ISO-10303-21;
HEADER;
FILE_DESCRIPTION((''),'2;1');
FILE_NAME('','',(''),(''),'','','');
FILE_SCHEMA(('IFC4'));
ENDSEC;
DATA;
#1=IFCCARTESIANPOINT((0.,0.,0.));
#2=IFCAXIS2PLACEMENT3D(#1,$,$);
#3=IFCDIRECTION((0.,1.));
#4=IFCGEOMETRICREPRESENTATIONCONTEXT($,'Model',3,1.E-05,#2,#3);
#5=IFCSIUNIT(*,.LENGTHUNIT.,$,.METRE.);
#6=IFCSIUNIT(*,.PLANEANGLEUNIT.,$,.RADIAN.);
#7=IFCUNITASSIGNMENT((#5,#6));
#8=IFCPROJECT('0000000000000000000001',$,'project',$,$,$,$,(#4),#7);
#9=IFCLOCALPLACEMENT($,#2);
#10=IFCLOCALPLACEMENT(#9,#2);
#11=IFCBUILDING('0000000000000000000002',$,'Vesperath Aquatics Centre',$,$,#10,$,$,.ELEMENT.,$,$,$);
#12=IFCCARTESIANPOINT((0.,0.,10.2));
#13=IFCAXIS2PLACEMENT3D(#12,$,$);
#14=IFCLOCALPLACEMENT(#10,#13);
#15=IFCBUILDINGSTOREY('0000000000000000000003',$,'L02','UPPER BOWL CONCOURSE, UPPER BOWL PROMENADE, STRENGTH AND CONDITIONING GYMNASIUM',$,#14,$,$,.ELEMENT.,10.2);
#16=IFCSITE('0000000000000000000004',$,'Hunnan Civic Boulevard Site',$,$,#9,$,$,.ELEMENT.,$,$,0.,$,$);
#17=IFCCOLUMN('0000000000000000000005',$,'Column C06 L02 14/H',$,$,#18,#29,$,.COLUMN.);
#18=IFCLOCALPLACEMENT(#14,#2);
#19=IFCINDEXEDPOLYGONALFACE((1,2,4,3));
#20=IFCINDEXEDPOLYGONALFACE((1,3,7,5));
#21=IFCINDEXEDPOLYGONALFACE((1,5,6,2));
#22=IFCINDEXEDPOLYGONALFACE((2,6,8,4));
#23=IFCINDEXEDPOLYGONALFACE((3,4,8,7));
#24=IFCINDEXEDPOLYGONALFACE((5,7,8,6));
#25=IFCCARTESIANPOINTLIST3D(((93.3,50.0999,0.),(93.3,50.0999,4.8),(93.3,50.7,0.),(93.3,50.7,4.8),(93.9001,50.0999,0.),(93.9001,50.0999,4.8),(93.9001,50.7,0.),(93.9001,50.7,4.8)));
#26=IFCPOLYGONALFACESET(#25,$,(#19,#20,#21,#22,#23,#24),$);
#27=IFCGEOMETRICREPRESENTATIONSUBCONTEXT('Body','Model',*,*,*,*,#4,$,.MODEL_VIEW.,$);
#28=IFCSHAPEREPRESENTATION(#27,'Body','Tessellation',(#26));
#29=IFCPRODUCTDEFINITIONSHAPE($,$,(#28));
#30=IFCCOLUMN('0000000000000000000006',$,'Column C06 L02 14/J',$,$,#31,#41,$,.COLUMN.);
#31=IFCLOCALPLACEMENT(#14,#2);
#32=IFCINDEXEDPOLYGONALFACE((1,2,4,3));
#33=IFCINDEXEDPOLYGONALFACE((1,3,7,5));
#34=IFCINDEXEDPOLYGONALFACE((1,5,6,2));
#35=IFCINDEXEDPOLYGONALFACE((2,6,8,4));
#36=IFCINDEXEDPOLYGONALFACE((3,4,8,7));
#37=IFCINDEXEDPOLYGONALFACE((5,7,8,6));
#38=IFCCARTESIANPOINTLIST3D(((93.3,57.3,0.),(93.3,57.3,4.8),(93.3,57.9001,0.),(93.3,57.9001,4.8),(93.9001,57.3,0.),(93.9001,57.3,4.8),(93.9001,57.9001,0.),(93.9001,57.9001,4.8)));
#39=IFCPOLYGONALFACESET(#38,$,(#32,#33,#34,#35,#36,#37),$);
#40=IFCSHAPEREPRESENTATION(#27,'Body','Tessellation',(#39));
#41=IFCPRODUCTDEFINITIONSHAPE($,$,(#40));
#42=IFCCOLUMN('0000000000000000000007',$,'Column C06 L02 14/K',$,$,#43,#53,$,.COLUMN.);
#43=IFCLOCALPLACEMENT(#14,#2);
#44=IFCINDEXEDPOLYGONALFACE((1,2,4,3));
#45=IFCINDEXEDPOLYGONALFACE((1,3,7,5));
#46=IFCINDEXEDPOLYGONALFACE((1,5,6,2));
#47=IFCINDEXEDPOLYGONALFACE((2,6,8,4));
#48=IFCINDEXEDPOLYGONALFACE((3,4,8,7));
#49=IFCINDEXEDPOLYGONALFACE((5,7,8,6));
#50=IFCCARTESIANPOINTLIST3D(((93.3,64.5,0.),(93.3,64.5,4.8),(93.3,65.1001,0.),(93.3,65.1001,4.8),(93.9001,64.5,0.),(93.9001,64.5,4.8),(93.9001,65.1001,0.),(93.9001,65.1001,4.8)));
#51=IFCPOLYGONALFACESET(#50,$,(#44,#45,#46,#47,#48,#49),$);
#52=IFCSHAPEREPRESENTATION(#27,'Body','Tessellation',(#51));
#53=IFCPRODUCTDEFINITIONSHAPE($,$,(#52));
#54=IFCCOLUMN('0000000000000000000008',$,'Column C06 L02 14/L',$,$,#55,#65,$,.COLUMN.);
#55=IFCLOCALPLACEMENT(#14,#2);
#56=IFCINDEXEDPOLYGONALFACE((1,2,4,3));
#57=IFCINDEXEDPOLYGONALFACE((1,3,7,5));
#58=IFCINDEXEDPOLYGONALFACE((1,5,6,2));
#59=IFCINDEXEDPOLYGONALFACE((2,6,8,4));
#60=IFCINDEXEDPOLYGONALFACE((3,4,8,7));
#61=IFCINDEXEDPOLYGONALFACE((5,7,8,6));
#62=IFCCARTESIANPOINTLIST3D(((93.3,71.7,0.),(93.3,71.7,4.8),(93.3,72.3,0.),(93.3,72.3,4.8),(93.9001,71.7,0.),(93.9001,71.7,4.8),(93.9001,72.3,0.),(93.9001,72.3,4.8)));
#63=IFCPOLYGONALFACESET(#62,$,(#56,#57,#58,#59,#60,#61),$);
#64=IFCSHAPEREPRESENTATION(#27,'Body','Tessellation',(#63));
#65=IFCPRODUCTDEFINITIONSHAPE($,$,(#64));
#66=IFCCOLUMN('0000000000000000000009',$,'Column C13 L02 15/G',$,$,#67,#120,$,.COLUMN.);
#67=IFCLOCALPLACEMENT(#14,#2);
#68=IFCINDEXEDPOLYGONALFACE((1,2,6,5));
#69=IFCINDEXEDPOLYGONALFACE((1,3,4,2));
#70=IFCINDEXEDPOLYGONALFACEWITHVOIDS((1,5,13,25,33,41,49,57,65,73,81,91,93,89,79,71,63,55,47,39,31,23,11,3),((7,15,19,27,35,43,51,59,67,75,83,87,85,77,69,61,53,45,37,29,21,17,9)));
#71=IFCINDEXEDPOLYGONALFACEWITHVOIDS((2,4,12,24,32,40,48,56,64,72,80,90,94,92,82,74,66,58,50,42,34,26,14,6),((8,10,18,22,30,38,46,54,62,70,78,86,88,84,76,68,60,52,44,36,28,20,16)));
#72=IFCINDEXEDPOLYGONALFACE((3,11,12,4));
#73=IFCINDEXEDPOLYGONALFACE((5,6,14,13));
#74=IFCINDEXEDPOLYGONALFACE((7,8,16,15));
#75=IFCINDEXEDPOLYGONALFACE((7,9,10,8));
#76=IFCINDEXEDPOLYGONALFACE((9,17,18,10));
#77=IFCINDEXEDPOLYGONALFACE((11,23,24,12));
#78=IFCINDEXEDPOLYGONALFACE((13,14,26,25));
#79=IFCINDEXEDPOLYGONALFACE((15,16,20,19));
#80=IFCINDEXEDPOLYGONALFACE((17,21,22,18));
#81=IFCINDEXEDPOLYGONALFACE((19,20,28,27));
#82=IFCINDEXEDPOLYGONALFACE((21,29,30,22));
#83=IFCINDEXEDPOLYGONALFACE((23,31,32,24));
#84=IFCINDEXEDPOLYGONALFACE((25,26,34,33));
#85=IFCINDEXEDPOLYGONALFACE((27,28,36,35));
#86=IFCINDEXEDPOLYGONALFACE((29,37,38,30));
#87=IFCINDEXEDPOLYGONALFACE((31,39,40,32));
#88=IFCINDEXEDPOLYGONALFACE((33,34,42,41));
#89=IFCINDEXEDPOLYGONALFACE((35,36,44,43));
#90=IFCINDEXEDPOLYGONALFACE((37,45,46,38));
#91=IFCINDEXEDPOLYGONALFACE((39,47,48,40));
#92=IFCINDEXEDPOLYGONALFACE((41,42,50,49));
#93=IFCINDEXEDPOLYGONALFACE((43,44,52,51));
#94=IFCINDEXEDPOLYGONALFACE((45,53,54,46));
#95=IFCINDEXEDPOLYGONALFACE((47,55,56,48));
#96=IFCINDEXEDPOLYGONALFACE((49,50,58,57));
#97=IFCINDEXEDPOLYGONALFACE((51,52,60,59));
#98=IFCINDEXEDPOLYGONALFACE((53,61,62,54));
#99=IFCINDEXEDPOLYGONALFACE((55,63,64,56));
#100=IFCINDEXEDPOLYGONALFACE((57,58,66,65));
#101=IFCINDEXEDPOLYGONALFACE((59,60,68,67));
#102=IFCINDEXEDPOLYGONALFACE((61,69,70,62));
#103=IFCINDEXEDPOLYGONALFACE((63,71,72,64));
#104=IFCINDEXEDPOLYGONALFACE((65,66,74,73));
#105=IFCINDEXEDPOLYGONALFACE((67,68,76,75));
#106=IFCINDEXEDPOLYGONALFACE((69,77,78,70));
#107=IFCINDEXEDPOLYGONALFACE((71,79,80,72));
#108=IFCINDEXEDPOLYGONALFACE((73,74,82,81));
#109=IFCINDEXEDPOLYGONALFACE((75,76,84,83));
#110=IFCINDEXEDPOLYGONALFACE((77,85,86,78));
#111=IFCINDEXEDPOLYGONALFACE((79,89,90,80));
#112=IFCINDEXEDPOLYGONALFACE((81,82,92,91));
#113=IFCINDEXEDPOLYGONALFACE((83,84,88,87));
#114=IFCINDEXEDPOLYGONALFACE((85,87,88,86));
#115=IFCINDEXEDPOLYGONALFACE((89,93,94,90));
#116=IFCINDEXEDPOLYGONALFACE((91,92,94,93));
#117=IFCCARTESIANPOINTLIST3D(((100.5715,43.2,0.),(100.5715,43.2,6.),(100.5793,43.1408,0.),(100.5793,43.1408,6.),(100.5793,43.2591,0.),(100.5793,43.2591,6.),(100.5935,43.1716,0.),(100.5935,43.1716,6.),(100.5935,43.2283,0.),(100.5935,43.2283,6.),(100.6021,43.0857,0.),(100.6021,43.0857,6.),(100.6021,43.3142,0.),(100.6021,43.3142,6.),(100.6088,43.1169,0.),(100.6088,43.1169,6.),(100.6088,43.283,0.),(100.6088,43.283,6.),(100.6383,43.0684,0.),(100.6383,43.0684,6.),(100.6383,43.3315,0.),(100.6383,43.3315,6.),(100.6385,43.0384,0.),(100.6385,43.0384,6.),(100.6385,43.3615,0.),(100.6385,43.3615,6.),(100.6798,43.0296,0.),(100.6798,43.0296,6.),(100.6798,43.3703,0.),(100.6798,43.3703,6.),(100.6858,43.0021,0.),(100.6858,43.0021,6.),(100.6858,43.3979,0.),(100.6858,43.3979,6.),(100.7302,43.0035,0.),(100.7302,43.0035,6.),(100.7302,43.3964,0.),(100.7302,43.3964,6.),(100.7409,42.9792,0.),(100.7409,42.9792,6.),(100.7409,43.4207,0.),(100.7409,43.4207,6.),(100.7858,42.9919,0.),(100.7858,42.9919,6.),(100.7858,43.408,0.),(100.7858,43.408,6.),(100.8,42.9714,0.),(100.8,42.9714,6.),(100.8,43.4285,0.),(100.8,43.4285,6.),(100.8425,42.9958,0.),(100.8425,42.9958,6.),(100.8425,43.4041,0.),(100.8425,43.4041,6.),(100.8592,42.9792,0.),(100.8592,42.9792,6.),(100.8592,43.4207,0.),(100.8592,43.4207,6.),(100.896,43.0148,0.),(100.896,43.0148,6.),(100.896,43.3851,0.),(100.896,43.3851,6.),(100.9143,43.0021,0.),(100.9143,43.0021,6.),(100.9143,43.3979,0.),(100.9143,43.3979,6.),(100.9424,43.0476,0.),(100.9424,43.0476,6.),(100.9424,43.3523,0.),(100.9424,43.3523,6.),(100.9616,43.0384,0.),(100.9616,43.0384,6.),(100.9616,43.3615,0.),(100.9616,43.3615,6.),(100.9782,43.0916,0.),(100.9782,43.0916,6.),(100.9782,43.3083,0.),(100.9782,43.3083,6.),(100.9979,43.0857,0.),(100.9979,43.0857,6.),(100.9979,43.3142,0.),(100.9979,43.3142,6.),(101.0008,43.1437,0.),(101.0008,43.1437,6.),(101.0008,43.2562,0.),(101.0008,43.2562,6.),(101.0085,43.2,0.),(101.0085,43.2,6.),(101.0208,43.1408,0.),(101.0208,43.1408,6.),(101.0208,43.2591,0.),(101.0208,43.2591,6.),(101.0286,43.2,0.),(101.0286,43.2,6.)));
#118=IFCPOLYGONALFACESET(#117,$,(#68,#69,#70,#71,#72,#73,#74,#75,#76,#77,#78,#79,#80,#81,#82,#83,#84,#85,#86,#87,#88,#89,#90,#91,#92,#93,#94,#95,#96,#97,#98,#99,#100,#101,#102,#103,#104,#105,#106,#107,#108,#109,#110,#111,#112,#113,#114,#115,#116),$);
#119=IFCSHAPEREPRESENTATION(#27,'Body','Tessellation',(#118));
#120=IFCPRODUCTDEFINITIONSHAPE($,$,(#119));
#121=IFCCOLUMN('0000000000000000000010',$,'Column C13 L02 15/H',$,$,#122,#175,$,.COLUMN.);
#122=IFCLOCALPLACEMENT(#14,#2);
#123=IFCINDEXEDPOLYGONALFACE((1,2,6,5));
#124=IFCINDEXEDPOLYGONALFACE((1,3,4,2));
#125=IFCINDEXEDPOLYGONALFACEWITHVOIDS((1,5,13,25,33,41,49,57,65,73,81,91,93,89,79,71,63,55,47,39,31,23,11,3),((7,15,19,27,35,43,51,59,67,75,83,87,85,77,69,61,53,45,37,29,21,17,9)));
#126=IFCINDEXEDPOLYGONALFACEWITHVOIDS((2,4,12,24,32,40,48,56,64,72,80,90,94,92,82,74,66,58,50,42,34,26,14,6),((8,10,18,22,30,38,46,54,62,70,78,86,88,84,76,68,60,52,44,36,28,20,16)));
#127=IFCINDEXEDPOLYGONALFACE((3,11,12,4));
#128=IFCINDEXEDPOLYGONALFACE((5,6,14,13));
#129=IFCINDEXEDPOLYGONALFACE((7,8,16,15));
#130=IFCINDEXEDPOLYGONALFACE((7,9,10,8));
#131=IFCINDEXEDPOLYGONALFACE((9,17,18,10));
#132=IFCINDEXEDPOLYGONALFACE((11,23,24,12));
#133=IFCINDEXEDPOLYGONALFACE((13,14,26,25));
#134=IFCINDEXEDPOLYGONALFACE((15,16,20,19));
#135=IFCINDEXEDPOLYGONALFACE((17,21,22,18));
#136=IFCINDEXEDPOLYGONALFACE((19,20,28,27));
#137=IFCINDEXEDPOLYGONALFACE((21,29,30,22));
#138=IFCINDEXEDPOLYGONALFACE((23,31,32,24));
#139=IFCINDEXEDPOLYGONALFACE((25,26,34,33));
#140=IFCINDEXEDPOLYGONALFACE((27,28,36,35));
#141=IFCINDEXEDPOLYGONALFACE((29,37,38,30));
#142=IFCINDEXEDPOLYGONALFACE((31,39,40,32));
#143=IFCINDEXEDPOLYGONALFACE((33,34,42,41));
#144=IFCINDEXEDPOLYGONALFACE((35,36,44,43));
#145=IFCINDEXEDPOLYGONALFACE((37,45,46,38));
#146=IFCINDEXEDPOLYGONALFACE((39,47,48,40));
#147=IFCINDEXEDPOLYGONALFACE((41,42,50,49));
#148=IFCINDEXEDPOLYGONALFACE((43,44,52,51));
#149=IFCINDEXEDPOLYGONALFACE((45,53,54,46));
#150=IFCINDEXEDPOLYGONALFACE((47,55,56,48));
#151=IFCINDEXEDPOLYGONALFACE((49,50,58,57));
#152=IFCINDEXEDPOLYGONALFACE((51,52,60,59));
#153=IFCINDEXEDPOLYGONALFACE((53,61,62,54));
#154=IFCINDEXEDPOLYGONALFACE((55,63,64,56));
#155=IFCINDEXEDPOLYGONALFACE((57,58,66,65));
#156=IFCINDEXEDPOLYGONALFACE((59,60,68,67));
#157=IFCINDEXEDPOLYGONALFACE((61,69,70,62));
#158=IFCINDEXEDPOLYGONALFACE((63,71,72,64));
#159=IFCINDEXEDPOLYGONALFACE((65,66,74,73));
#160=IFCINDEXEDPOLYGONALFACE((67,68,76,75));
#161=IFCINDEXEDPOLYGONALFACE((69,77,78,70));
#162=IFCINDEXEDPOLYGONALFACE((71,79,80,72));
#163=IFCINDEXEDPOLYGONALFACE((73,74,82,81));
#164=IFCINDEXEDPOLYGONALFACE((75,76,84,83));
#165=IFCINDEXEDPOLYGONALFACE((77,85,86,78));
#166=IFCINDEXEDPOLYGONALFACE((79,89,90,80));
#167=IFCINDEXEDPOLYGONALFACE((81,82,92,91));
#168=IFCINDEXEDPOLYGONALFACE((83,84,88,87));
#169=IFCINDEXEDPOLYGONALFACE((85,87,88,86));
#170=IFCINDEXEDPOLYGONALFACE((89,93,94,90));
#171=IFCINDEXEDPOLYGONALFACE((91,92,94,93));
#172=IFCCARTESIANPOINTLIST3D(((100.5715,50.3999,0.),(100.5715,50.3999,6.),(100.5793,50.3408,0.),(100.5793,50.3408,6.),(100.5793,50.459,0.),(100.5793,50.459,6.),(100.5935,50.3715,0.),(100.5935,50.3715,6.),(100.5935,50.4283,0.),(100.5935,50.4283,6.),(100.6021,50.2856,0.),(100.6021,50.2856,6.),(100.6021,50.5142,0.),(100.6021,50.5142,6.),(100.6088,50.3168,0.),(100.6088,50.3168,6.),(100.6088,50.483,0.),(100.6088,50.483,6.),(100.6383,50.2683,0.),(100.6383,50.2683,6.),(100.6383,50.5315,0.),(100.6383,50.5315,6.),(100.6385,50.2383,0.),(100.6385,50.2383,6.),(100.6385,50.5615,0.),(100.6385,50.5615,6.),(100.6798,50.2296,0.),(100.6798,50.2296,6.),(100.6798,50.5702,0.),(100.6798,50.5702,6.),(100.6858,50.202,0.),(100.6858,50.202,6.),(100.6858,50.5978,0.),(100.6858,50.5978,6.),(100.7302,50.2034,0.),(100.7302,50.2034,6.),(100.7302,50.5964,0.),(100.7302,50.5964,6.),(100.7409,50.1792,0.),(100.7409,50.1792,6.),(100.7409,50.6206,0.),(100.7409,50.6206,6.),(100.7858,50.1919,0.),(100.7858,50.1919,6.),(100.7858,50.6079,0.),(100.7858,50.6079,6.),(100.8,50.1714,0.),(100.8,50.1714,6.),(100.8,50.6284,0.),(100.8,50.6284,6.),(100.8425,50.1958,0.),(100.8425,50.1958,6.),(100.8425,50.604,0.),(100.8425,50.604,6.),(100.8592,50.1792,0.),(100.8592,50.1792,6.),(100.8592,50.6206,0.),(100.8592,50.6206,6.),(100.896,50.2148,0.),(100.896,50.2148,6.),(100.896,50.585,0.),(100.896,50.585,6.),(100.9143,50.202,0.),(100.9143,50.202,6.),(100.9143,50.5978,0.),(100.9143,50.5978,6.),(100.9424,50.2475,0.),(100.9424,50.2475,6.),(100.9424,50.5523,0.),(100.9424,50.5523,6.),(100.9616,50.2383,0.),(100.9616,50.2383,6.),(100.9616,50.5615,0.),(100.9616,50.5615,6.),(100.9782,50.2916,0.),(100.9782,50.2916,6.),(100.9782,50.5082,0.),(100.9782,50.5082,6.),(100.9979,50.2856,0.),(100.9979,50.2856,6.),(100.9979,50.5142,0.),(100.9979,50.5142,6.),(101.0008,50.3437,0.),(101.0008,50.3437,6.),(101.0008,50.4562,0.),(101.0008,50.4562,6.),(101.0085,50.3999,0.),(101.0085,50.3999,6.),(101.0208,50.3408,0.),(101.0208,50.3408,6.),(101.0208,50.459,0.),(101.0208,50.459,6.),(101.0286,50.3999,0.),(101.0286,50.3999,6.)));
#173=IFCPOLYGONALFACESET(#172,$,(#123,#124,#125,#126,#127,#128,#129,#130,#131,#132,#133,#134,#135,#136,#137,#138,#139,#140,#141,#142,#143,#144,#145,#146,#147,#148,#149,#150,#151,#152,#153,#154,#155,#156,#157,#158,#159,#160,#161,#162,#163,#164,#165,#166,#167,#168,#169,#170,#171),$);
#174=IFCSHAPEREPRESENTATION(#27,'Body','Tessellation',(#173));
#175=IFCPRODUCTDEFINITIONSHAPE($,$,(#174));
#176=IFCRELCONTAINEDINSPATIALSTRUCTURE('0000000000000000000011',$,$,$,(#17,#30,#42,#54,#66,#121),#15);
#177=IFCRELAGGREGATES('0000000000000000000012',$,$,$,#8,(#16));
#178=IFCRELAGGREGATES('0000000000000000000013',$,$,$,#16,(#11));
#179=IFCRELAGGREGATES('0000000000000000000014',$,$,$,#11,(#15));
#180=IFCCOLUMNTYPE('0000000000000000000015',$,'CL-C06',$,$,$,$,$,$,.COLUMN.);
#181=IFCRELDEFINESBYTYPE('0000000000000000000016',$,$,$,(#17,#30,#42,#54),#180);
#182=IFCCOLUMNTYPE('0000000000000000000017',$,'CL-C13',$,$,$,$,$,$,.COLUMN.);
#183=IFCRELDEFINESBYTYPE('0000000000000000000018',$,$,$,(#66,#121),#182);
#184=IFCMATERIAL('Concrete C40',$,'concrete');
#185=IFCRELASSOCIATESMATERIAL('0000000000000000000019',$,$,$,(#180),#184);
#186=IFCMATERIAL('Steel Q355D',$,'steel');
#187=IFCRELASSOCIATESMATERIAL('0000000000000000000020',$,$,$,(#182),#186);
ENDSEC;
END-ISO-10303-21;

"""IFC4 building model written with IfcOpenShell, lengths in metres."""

from ifc_helpers import new_model, si_unit, direction, frame, origin, origin_2d, place, context, subcontext, project, spatial, rectangle, hollow_circle, extrude, material, material_profile, profile_set, type_object, element, save


model = new_model("IFC4")

# Units and contexts
model_context = context("Model", 3, precision=1e-05, world=origin(), true_north=direction((0.0, 1.0)))
body_context = subcontext(model_context, "Body", "Model", "MODEL_VIEW")
ifc_project = project(units=[si_unit("LENGTHUNIT", "METRE"), si_unit("PLANEANGLEUNIT", "RADIAN")], contexts=[model_context])

# Site, building, storey
site_placement = place(None, origin())
site = spatial("IfcSite", under=ifc_project, at=site_placement, Name="Hunnan Civic Boulevard Site", CompositionType="ELEMENT", RefElevation=0.0)
building_placement = place(site_placement, origin())
building = spatial("IfcBuilding", under=site, at=building_placement, Name="Vesperath Aquatics Centre", CompositionType="ELEMENT")
storey_placement = place(building_placement, frame((0.0, 0.0, 10.2)))
storey = spatial("IfcBuildingStorey", under=building, at=storey_placement, Name="L02", Description="UPPER BOWL CONCOURSE, UPPER BOWL PROMENADE, STRENGTH AND CONDITIONING GYMNASIUM", CompositionType="ELEMENT", Elevation=10.2)

# Columns
ifc_material_1 = material(Name="Concrete C40", Category="concrete")
ifc_material_profile_1 = material_profile(ifc_material_1, rectangle(XDim=0.6001, YDim=0.6001, at=origin_2d()), Name="RC 600x600")
ifc_profile_set_1 = profile_set([ifc_material_profile_1], Name="Concrete C40")
column_type_1 = type_object("IfcColumnType", Name="CL-C06", PredefinedType="COLUMN", material=ifc_profile_set_1)
for number, where, z_axis, x_axis, name in (
    (1, (93.6001, 50.3999, 0.0), (0.0, 0.0, 1.0), (1.0, 0.0, 0.0), "Column C06 L02 14/H"),
    (2, (93.6001, 57.6001, 0.0), (0.0, 0.0, 1.0), (1.0, 0.0, 0.0), "Column C06 L02 14/J"),
    (3, (93.6001, 64.8, 0.0), (0.0, 0.0, 1.0), (1.0, 0.0, 0.0), "Column C06 L02 14/K"),
    (4, (93.6001, 72.0, 0.0), (0.0, 0.0, 1.0), (1.0, 0.0, 0.0), "Column C06 L02 14/L"),
):
    element("IfcColumn", number, at=place(storey_placement, frame(where, z_axis=z_axis, x_axis=x_axis)), inside=storey, type_object=column_type_1, Name=name, PredefinedType="COLUMN", context=body_context, shape_type="SweptSolid", body=[
        extrude(rectangle(XDim=0.6001, YDim=0.6001, at=origin_2d()), origin(), (0.0, 0.0, 1.0), 4.8),
    ])
ifc_material_2 = material(Name="Steel Q355D", Category="steel")
ifc_material_profile_2 = material_profile(ifc_material_2, hollow_circle(Radius=0.2285, WallThickness=0.02, at=origin_2d()), Name="CHS 457.0x20")
ifc_profile_set_2 = profile_set([ifc_material_profile_2], Name="Steel Q355D")
column_type_2 = type_object("IfcColumnType", Name="CL-C13", PredefinedType="COLUMN", material=ifc_profile_set_2)
for number, where, z_axis, x_axis, name in (
    (5, (100.8, 43.2, 0.0), (0.0, 0.0, 1.0), (1.0, 0.0, 0.0), "Column C13 L02 15/G"),
    (6, (100.8, 50.3999, 0.0), (0.0, 0.0, 1.0), (1.0, 0.0, 0.0), "Column C13 L02 15/H"),
):
    element("IfcColumn", number, at=place(storey_placement, frame(where, z_axis=z_axis, x_axis=x_axis)), inside=storey, type_object=column_type_2, Name=name, PredefinedType="COLUMN", context=body_context, shape_type="SweptSolid", body=[
        extrude(hollow_circle(Radius=0.2285, WallThickness=0.02, at=origin_2d()), origin(), (0.0, 0.0, 1.0), 6.0),
    ])

save(model, "model.ifc")
